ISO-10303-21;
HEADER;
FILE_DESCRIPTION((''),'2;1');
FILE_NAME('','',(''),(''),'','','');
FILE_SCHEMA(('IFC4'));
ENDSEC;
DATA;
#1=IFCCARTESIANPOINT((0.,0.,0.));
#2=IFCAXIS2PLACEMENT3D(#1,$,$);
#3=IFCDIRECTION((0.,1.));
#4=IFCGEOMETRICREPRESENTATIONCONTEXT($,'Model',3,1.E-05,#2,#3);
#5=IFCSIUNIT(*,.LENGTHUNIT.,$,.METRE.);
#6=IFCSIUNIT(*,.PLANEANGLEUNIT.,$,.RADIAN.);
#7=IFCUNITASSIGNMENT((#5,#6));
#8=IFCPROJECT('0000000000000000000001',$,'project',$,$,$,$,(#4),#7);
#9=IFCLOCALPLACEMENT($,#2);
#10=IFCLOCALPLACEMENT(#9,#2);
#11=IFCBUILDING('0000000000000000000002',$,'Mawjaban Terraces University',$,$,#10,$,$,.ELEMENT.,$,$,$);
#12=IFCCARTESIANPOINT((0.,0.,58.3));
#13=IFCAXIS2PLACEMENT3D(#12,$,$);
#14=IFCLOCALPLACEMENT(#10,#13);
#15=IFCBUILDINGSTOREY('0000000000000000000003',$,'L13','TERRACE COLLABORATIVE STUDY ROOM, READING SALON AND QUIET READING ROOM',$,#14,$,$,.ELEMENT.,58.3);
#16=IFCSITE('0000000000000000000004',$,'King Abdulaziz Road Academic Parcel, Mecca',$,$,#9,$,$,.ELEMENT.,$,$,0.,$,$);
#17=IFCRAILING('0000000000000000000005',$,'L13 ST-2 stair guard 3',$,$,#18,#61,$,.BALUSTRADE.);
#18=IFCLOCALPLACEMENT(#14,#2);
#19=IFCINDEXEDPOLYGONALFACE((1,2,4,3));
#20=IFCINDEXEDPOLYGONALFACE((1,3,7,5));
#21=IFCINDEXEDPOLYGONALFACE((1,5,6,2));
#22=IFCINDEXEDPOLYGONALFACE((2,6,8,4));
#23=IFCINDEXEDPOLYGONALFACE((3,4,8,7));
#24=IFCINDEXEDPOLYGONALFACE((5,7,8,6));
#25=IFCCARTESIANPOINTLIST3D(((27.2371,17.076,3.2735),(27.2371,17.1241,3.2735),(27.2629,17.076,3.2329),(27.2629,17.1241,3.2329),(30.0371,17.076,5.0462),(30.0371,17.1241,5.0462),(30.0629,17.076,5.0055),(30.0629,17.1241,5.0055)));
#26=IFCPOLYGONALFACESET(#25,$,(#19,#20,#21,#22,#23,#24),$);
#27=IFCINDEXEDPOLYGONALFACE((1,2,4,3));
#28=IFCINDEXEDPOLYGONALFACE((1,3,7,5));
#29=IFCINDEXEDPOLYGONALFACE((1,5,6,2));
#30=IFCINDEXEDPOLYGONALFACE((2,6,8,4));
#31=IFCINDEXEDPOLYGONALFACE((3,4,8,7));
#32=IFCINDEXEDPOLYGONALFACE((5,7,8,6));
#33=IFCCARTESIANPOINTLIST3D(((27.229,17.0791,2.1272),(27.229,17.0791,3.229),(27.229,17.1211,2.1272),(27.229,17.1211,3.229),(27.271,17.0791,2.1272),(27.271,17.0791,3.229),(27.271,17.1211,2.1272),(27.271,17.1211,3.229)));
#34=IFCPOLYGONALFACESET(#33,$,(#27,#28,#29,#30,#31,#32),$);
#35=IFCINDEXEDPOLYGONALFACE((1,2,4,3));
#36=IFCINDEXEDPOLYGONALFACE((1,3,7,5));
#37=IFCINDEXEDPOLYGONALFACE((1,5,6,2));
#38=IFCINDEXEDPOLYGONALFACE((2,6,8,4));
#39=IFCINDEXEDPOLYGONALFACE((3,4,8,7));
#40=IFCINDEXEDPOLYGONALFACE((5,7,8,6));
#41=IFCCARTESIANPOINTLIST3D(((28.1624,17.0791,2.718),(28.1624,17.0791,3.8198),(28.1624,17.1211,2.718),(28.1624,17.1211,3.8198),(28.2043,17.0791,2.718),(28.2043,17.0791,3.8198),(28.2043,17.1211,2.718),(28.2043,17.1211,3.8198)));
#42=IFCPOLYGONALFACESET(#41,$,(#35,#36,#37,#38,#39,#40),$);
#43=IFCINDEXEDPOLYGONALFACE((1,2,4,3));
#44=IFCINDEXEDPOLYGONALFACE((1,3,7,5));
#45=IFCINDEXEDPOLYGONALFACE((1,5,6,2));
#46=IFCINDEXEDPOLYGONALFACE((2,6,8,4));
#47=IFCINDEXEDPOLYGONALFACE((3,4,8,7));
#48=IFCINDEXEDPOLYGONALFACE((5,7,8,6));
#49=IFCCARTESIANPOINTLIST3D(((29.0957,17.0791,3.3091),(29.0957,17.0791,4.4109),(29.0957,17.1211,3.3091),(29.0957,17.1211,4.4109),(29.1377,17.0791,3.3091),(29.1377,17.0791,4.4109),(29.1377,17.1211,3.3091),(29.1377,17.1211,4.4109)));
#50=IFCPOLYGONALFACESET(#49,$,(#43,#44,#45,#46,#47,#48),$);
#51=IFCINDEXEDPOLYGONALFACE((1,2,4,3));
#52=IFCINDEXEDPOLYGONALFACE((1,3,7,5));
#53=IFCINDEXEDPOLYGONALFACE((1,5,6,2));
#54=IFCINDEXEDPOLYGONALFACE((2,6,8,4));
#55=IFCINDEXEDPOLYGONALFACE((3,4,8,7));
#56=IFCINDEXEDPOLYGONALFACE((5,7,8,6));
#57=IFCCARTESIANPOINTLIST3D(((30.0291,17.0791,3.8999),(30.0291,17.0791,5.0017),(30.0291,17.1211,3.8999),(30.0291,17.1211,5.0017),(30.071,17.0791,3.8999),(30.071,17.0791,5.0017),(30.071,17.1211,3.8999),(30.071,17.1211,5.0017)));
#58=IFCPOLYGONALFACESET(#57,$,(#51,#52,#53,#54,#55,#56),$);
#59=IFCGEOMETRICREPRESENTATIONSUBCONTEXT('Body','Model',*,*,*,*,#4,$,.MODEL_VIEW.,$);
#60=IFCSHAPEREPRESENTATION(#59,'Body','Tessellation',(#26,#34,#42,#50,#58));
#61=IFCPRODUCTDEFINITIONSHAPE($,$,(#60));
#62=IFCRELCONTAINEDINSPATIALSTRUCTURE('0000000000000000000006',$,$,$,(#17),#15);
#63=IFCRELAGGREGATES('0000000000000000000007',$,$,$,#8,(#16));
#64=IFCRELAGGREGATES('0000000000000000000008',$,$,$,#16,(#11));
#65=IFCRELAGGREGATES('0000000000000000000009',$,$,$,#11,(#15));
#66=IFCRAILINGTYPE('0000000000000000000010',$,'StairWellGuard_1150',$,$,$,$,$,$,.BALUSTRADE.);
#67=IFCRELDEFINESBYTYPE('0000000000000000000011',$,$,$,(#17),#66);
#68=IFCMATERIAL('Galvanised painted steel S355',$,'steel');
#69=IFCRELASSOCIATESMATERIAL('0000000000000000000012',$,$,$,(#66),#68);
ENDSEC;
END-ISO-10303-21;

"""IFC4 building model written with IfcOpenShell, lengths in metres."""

from ifc_helpers import new_model, si_unit, direction, frame, origin, origin_2d, place, context, subcontext, project, spatial, rectangle, extrude, material, type_object, element, save


model = new_model("IFC4")

# Units and contexts
model_context = context("Model", 3, precision=1e-05, world=origin(), true_north=direction((0.0, 1.0)))
body_context = subcontext(model_context, "Body", "Model", "MODEL_VIEW")
ifc_project = project(units=[si_unit("LENGTHUNIT", "METRE"), si_unit("PLANEANGLEUNIT", "RADIAN")], contexts=[model_context])

# Site, building, storey
site_placement = place(None, origin())
site = spatial("IfcSite", under=ifc_project, at=site_placement, Name="King Abdulaziz Road Academic Parcel, Mecca", CompositionType="ELEMENT", RefElevation=0.0)
building_placement = place(site_placement, origin())
building = spatial("IfcBuilding", under=site, at=building_placement, Name="Mawjaban Terraces University", CompositionType="ELEMENT")
storey_placement = place(building_placement, frame((0.0, 0.0, 58.3)))
storey = spatial("IfcBuildingStorey", under=building, at=storey_placement, Name="L13", Description="TERRACE COLLABORATIVE STUDY ROOM, READING SALON AND QUIET READING ROOM", CompositionType="ELEMENT", Elevation=58.3)

# Railing
ifc_material_1 = material(Name="Galvanised painted steel S355", Category="steel")
railing_type_1 = type_object("IfcRailingType", Name="StairWellGuard_1150", PredefinedType="BALUSTRADE", material=ifc_material_1)
railing_1_placement = place(storey_placement, frame((27.25, 17.1001, 2.1272)))
element("IfcRailing", 1, at=railing_1_placement, inside=storey, type_object=railing_type_1, Name="L13 ST-2 stair guard 3", PredefinedType="BALUSTRADE", context=body_context, shape_type="SweptSolid", body=[
    extrude(rectangle(XDim=0.0481, YDim=0.0481, at=origin_2d()), frame((0.0, 0.0, 1.126), z_axis=(0.844909, 0.0, 0.53491), x_axis=(0.0, 1.0, 0.0)), (0.0, 0.0, 1.0), 3.314),
    extrude(rectangle(XDim=0.042, YDim=0.042, at=origin_2d()), origin(), (0.0, 0.0, 1.0), 1.1018),
    extrude(rectangle(XDim=0.042, YDim=0.042, at=origin_2d()), frame((0.9333, 0.0, 0.5908)), (0.0, 0.0, 1.0), 1.1018),
    extrude(rectangle(XDim=0.042, YDim=0.042, at=origin_2d()), frame((1.8667, 0.0, 1.1819)), (0.0, 0.0, 1.0), 1.1018),
    extrude(rectangle(XDim=0.042, YDim=0.042, at=origin_2d()), frame((2.8, 0.0, 1.7727)), (0.0, 0.0, 1.0), 1.1018),
])

save(model, "model.ifc")
